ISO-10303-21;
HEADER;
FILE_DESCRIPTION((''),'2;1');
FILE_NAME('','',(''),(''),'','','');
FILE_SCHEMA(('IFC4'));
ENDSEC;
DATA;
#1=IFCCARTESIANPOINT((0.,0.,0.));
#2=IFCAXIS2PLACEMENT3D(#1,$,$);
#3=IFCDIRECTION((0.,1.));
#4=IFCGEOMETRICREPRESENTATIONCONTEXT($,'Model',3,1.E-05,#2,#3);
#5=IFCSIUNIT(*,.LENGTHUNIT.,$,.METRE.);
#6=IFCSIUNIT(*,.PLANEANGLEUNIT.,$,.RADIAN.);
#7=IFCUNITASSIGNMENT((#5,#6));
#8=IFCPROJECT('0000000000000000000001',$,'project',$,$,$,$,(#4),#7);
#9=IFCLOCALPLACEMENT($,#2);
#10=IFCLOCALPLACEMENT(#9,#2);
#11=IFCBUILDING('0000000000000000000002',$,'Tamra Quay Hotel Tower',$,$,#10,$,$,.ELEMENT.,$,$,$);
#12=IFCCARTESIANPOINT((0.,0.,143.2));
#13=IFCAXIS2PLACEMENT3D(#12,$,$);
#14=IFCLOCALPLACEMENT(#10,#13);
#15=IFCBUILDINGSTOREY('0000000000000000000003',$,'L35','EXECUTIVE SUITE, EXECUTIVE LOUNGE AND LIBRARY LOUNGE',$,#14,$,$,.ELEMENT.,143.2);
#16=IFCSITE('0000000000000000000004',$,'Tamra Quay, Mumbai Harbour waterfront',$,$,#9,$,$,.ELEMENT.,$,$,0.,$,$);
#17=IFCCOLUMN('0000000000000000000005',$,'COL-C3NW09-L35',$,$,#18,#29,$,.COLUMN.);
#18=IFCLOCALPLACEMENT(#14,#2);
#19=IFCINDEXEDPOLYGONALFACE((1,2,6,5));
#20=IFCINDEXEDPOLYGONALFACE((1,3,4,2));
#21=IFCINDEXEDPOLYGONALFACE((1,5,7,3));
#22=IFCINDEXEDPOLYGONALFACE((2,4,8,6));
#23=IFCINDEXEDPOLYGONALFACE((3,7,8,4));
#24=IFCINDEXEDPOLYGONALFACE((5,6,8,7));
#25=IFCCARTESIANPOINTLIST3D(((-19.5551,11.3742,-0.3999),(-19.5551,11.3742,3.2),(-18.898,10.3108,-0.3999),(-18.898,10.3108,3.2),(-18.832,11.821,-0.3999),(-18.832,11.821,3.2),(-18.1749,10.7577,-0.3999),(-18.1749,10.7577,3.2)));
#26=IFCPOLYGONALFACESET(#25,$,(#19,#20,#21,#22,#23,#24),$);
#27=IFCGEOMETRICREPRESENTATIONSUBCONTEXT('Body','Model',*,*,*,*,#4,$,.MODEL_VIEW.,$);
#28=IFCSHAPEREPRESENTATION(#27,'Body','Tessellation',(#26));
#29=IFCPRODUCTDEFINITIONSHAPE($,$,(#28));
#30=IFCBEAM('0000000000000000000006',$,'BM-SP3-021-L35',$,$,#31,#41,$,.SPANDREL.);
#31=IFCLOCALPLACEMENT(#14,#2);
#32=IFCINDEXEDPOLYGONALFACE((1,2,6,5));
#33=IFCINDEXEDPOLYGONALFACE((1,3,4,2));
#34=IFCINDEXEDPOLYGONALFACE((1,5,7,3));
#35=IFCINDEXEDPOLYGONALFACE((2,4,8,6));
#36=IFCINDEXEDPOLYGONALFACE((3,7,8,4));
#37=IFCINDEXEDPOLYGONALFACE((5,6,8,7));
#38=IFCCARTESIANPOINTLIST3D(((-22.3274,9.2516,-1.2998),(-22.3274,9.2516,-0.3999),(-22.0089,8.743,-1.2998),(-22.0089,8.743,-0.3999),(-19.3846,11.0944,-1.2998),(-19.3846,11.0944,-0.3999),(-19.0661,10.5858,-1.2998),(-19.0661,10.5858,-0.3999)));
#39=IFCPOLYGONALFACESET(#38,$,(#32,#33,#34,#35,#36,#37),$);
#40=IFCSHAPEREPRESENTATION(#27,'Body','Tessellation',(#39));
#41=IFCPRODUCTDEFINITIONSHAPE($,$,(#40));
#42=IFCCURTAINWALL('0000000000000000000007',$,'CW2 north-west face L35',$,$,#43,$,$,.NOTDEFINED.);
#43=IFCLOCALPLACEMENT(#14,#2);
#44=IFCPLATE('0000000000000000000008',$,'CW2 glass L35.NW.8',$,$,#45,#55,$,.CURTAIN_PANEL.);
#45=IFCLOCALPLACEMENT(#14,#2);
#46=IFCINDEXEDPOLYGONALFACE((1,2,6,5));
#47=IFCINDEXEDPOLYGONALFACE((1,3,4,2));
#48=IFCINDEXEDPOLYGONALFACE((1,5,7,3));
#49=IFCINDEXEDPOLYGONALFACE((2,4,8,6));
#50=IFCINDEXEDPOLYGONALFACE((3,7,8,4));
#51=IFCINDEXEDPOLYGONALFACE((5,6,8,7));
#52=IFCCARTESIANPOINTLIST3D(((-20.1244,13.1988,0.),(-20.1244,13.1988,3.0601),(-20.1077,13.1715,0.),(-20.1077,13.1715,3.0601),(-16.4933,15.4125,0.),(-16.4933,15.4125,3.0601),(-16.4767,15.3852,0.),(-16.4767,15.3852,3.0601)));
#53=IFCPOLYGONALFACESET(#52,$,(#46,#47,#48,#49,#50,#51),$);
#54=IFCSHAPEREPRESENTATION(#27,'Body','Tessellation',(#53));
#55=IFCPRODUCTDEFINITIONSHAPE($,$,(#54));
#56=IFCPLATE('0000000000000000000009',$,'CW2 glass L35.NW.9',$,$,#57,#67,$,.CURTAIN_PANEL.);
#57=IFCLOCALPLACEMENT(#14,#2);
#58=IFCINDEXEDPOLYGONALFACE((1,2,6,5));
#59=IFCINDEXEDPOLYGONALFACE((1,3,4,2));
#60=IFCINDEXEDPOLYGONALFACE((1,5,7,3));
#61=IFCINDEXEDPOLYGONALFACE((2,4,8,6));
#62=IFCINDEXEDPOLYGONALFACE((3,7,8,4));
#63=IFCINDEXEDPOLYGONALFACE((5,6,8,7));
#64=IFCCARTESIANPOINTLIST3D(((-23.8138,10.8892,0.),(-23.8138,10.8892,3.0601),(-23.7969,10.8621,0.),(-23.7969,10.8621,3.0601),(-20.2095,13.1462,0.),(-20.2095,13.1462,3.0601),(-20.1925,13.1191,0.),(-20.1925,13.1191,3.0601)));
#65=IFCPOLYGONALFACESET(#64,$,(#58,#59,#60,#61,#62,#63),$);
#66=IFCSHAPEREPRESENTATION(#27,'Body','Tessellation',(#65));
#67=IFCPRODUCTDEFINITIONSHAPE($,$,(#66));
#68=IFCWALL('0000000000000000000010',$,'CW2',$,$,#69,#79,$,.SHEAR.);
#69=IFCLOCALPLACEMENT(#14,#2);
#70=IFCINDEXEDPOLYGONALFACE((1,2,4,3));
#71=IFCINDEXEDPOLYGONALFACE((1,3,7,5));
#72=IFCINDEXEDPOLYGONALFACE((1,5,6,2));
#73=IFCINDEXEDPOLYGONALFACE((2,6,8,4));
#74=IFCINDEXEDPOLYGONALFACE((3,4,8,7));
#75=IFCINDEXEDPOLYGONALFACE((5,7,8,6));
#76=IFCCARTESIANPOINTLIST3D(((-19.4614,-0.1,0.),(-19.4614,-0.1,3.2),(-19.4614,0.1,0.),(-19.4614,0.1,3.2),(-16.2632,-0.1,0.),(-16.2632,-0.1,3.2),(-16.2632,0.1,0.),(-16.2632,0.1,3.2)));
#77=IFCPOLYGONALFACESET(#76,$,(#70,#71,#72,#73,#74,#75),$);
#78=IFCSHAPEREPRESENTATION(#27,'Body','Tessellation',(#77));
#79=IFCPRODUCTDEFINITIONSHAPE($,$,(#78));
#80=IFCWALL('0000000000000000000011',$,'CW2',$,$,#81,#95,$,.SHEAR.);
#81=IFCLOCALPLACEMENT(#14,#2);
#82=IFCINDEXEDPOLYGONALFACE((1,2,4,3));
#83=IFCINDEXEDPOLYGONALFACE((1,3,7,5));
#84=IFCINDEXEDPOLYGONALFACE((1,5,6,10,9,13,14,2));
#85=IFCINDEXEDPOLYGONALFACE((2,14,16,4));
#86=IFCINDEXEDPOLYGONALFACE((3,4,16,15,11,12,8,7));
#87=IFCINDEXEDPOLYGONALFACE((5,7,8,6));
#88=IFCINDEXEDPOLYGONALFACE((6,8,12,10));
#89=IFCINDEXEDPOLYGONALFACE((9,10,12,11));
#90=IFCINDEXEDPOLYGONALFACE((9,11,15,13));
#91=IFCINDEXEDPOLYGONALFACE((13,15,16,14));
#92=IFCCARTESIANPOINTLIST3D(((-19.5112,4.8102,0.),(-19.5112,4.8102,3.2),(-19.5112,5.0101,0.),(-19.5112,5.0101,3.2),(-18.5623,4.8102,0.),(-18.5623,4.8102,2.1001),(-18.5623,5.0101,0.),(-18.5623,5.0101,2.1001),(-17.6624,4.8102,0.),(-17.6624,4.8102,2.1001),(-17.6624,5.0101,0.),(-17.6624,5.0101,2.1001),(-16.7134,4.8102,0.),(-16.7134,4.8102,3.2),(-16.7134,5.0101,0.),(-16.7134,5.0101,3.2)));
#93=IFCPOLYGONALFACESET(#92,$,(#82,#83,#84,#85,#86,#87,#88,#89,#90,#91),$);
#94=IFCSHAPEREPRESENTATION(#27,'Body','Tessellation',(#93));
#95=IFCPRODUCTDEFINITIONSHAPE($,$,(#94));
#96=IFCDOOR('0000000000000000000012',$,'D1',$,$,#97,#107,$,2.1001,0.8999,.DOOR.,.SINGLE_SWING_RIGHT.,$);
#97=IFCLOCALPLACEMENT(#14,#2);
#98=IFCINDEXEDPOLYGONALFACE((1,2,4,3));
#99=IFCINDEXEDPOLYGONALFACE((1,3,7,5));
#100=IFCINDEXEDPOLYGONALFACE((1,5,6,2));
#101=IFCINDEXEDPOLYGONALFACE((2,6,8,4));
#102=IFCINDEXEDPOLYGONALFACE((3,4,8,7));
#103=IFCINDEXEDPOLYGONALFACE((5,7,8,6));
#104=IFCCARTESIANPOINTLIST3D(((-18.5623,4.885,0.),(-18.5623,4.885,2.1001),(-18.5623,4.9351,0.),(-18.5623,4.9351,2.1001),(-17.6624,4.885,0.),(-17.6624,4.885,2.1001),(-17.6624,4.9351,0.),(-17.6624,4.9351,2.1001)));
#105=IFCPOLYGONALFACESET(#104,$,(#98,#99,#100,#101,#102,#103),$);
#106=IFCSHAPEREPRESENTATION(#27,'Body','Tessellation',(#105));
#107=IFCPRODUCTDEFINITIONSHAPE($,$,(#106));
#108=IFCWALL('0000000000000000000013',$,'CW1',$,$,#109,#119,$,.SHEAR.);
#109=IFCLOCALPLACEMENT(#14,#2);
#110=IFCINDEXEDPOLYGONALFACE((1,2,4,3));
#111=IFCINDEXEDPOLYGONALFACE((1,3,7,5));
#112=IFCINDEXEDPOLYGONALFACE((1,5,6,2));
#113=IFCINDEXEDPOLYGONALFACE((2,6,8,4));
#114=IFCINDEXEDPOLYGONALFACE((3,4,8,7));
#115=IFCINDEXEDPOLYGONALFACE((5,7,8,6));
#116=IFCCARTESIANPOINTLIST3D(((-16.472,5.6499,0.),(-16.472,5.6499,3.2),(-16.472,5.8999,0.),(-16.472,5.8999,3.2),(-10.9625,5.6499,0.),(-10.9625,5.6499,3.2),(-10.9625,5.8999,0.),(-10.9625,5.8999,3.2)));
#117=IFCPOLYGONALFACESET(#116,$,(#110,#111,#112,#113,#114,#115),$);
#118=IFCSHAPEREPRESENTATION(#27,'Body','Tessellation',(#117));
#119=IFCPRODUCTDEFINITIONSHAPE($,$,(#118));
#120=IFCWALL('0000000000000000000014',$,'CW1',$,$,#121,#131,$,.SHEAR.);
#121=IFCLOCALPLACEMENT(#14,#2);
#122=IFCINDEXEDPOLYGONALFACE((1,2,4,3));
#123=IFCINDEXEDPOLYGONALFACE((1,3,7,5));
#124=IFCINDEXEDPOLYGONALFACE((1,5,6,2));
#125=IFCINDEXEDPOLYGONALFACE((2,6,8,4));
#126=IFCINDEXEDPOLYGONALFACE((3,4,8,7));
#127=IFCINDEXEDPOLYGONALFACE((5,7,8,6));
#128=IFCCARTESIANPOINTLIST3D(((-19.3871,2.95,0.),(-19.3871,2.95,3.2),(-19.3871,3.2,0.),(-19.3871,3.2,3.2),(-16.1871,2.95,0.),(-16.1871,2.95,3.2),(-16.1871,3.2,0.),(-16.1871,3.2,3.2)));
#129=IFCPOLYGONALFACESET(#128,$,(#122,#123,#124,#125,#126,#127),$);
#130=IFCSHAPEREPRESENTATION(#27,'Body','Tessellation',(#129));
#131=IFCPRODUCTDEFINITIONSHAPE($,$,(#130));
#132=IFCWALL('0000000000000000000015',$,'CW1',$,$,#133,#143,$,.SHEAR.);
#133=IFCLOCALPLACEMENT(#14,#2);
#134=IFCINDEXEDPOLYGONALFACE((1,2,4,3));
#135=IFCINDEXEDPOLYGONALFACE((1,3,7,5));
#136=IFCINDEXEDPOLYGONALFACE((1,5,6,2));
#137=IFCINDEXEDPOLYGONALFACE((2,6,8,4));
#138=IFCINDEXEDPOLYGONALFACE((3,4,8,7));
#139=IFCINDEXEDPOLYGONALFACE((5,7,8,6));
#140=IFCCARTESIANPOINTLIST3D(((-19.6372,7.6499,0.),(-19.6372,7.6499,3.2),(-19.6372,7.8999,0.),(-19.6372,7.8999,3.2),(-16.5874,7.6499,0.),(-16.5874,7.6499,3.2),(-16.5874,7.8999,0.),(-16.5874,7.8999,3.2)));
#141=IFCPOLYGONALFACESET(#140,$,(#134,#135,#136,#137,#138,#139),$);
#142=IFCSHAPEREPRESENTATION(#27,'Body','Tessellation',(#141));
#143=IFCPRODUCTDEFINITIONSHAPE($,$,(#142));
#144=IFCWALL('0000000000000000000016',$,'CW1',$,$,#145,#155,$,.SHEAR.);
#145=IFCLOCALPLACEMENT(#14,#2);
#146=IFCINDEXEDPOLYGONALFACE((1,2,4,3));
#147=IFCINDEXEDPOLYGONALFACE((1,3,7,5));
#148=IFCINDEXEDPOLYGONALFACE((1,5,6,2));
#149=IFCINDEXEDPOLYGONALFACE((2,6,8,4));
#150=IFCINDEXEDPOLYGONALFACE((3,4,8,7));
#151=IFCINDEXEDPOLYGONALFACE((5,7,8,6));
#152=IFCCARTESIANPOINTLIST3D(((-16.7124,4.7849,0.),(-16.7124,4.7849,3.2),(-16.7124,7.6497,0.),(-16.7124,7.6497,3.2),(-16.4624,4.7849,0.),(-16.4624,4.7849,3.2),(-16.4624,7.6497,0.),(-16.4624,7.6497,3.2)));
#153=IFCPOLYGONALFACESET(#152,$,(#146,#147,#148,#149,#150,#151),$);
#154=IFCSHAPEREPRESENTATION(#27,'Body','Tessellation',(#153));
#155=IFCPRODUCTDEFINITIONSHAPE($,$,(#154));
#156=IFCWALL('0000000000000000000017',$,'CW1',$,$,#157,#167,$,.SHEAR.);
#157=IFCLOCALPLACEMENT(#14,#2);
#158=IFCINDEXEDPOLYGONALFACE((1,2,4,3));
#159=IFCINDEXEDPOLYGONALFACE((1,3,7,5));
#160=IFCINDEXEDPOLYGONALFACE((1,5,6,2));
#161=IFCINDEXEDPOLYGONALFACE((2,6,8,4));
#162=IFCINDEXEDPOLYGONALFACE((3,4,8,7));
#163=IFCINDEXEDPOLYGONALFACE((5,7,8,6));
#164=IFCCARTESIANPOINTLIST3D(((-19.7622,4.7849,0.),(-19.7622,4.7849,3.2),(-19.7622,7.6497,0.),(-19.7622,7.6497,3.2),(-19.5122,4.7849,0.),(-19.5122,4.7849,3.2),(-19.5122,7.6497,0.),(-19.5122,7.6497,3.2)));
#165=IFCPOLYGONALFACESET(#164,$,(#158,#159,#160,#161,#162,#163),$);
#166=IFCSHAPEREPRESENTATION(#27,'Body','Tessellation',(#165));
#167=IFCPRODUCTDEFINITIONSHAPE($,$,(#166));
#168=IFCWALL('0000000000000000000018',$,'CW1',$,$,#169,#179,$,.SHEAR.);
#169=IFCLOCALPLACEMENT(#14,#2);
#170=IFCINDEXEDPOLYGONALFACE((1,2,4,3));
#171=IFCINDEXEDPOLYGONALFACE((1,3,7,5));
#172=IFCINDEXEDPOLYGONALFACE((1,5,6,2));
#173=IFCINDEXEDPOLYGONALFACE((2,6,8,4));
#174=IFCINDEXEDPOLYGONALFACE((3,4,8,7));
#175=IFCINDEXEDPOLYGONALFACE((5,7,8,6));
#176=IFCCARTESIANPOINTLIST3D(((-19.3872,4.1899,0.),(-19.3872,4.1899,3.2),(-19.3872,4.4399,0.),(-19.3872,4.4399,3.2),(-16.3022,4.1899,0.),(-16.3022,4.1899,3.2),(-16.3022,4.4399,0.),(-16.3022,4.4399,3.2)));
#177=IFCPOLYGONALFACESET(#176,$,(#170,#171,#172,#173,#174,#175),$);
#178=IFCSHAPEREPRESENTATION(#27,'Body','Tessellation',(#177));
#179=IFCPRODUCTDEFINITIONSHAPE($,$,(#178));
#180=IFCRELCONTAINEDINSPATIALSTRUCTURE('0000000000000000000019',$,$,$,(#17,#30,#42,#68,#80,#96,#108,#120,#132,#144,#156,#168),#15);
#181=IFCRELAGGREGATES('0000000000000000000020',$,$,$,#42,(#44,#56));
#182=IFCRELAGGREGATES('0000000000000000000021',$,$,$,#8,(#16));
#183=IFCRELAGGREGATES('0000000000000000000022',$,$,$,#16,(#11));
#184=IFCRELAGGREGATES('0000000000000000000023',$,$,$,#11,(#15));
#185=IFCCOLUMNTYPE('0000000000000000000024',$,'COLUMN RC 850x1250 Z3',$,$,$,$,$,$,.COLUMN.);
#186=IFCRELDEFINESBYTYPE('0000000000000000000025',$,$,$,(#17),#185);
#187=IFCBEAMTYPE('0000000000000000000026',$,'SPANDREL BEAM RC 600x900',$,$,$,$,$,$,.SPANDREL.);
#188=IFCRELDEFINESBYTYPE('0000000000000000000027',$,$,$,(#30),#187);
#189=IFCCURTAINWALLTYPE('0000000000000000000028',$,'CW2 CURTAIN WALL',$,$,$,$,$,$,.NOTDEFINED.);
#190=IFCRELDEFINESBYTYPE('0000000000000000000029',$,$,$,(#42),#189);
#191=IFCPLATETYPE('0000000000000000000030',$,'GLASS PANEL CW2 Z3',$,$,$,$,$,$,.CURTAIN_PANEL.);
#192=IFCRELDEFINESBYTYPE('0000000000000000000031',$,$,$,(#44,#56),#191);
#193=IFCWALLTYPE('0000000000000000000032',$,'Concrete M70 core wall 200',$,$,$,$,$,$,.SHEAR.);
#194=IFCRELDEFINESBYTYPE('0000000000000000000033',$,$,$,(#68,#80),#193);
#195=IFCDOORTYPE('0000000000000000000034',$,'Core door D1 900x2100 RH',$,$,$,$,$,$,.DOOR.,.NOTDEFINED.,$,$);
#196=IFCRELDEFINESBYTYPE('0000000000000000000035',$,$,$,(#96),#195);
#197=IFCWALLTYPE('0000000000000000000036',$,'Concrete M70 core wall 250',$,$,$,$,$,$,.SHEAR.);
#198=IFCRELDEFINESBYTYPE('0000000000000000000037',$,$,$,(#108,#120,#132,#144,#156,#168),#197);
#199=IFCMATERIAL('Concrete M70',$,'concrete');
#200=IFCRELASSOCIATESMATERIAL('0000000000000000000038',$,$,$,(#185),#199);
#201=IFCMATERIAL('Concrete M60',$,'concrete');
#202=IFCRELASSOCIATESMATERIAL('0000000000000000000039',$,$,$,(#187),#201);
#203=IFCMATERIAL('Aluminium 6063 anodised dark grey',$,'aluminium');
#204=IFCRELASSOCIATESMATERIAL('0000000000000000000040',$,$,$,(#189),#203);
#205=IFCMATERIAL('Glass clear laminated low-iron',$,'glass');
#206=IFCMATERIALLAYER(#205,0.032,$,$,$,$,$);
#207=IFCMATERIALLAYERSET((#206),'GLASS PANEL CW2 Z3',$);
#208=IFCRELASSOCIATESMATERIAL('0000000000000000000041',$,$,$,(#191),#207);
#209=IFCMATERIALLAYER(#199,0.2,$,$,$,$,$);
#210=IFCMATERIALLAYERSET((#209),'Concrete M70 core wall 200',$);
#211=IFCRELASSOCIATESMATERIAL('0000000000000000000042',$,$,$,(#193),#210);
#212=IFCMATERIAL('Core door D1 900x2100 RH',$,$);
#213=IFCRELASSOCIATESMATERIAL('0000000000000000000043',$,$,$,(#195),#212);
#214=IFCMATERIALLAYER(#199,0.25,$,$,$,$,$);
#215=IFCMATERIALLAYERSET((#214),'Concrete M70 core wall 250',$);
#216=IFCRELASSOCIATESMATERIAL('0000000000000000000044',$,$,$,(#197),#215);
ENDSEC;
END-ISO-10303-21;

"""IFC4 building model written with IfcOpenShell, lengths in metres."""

from ifc_helpers import new_model, si_unit, direction, frame, frame_2d, origin, origin_2d, place, context, subcontext, project, spatial, rectangle, extrude, material, layer, layer_set, material_profile, profile_set, type_object, element, fill, aggregate, save


model = new_model("IFC4")

# Units and contexts
model_context = context("Model", 3, precision=1e-05, world=origin(), true_north=direction((0.0, 1.0)))
body_context = subcontext(model_context, "Body", "Model", "MODEL_VIEW")
ifc_project = project(units=[si_unit("LENGTHUNIT", "METRE"), si_unit("PLANEANGLEUNIT", "RADIAN")], contexts=[model_context])

# Site, building, storey
site_placement = place(None, origin())
site = spatial("IfcSite", under=ifc_project, at=site_placement, Name="Tamra Quay, Mumbai Harbour waterfront", CompositionType="ELEMENT", RefElevation=0.0)
building_placement = place(site_placement, origin())
building = spatial("IfcBuilding", under=site, at=building_placement, Name="Tamra Quay Hotel Tower", CompositionType="ELEMENT")
storey_placement = place(building_placement, frame((0.0, 0.0, 143.2)))
storey = spatial("IfcBuildingStorey", under=building, at=storey_placement, Name="L35", Description="EXECUTIVE SUITE, EXECUTIVE LOUNGE AND LIBRARY LOUNGE", CompositionType="ELEMENT", Elevation=143.2)

# Column
ifc_material_1 = material(Name="Concrete M70", Category="concrete")
ifc_material_profile_1 = material_profile(ifc_material_1, rectangle(XDim=1.25, YDim=0.8501, at=origin_2d()), Name="COLUMN RC 850x1250 Z3")
ifc_profile_set_1 = profile_set([ifc_material_profile_1], Name="Concrete M70")
column_type = type_object("IfcColumnType", Name="COLUMN RC 850x1250 Z3", PredefinedType="COLUMN", material=ifc_profile_set_1)
column_placement = place(storey_placement, frame((-18.865, 11.0659, -0.3999), z_axis=(0.0, 0.0, 1.0), x_axis=(-0.525677, 0.850685, 0.0)))
element("IfcColumn", 1, at=column_placement, inside=storey, type_object=column_type, Name="COL-C3NW09-L35", PredefinedType="COLUMN", context=body_context, shape_type="SweptSolid", body=[
    extrude(rectangle(XDim=1.25, YDim=0.8501, at=origin_2d()), origin(), (0.0, 0.0, 1.0), 3.5999),
])

# Beam
ifc_material_2 = material(Name="Concrete M60", Category="concrete")
ifc_material_profile_2 = material_profile(ifc_material_2, rectangle(XDim=0.6001, YDim=0.8999, at=origin_2d()), Name="SPANDREL BEAM RC 600x900")
ifc_profile_set_2 = profile_set([ifc_material_profile_2], Name="Concrete M60")
beam_type = type_object("IfcBeamType", Name="SPANDREL BEAM RC 600x900", PredefinedType="SPANDREL", material=ifc_profile_set_2)
beam_placement = place(storey_placement, frame((-19.2253, 10.8401, -0.8499), z_axis=(-0.847548, -0.530719, 0.0), x_axis=(0.530719, -0.847548, 0.0)))
element("IfcBeam", 2, at=beam_placement, inside=storey, type_object=beam_type, Name="BM-SP3-021-L35", PredefinedType="SPANDREL", context=body_context, shape_type="SweptSolid", body=[
    extrude(rectangle(XDim=0.6001, YDim=0.8999, at=origin_2d()), origin(), (0.0, 0.0, 1.0), 3.4722),
])

# Curtain wall, plates
ifc_material_3 = material(Name="Aluminium 6063 anodised dark grey", Category="aluminium")
curtain_wall_type = type_object("IfcCurtainWallType", Name="CW2 CURTAIN WALL", PredefinedType="NOTDEFINED", material=ifc_material_3)
curtain_wall_placement = place(storey_placement, origin())
curtain_wall = element("IfcCurtainWall", 3, at=curtain_wall_placement, inside=storey, type_object=curtain_wall_type, Name="CW2 north-west face L35", PredefinedType="NOTDEFINED")
ifc_material_4 = material(Name="Glass clear laminated low-iron", Category="glass")
ifc_layer_1 = layer(ifc_material_4, 0.032)
ifc_layer_set_1 = layer_set([ifc_layer_1], Name="GLASS PANEL CW2 Z3")
plate_type = type_object("IfcPlateType", Name="GLASS PANEL CW2 Z3", PredefinedType="CURTAIN_PANEL", material=ifc_layer_set_1)
plate_1_placement = place(storey_placement, frame((-18.3005, 14.292, 0.0), z_axis=(0.0, 0.0, 1.0), x_axis=(-0.85383, -0.520552, 0.0)))
plate_1 = element("IfcPlate", 4, at=plate_1_placement, type_object=plate_type, Name="CW2 glass L35.NW.8", PredefinedType="CURTAIN_PANEL", context=body_context, shape_type="SweptSolid", body=[
    extrude(rectangle(XDim=4.2527, YDim=0.032, at=origin_2d()), origin(), (0.0, 0.0, 1.0), 3.0601),
])
plate_2_placement = place(storey_placement, frame((-22.0032, 12.0042, 0.0), z_axis=(0.0, 0.0, 1.0), x_axis=(-0.847546, -0.530722, 0.0)))
plate_2 = element("IfcPlate", 5, at=plate_2_placement, type_object=plate_type, Name="CW2 glass L35.NW.9", PredefinedType="CURTAIN_PANEL", context=body_context, shape_type="SweptSolid", body=[
    extrude(rectangle(XDim=4.2527, YDim=0.032, at=origin_2d()), origin(), (0.0, 0.0, 1.0), 3.0601),
])
aggregate(curtain_wall, [plate_1, plate_2])

# Wall
ifc_layer_2 = layer(ifc_material_1, 0.2)
ifc_layer_set_2 = layer_set([ifc_layer_2], Name="Concrete M70 core wall 200")
wall_type_1 = type_object("IfcWallType", Name="Concrete M70 core wall 200", PredefinedType="SHEAR", material=ifc_layer_set_2)
wall_1_placement = place(storey_placement, frame((-16.2632, 0.0, 0.0), z_axis=(0.0, 0.0, 1.0), x_axis=(-1.0, 0.0, 0.0)))
element("IfcWall", 6, at=wall_1_placement, inside=storey, type_object=wall_type_1, Name="CW2", PredefinedType="SHEAR", context=body_context, shape_type="SweptSolid", body=[
    extrude(rectangle(XDim=3.1982, YDim=0.2, at=frame_2d((1.5991, 0.0))), origin(), (0.0, 0.0, 1.0), 3.2),
])

# Wall, opening, door
wall_2_placement = place(storey_placement, frame((-19.5112, 4.9102, 0.0), z_axis=(0.0, 0.0, 1.0), x_axis=(1.0, 0.0, 0.0)))
wall_2 = element("IfcWall", 7, at=wall_2_placement, inside=storey, type_object=wall_type_1, Name="CW2", PredefinedType="SHEAR", context=body_context, shape_type="SweptSolid", body=[
    extrude(rectangle(XDim=2.7979, YDim=0.2, at=frame_2d((1.3989, 0.0))), origin(), (0.0, 0.0, 1.0), 3.2),
])
opening_1_placement = place(wall_2_placement, frame((0.949, 0.0, 0.0)))
opening_1 = element("IfcOpeningElement", 8, at=opening_1_placement, cuts=wall_2, PredefinedType="OPENING", context=body_context, shape_type="SweptSolid", body=[
    extrude(rectangle(XDim=0.8999, YDim=2.1001, at=frame_2d((0.45, 1.05))), frame((0.0, 0.1099, 0.0), z_axis=(0.0, -1.0, 0.0), x_axis=(1.0, 0.0, 0.0)), (0.0, 0.0, 1.0), 0.22),
])
ifc_material_5 = material(Name="Core door D1 900x2100 RH")
door_type_1 = type_object("IfcDoorType", Name="Core door D1 900x2100 RH", OperationType="NOTDEFINED", PredefinedType="DOOR", material=ifc_material_5)
door_1_placement = place(opening_1_placement, origin())
door_1 = element("IfcDoor", 9, at=door_1_placement, inside=storey, type_object=door_type_1, Name="D1", OperationType="SINGLE_SWING_RIGHT", OverallHeight=2.1001, OverallWidth=0.8999, PredefinedType="DOOR", context=body_context, shape_type="SweptSolid", body=[
    extrude(rectangle(XDim=0.8999, YDim=2.1001, at=frame_2d((0.45, 1.05))), frame((0.0, 0.0249, 0.0), z_axis=(0.0, -1.0, 0.0), x_axis=(1.0, 0.0, 0.0)), (0.0, 0.0, 1.0), 0.05),
])
fill(opening_1, door_1)

# Walls
ifc_layer_3 = layer(ifc_material_1, 0.25)
ifc_layer_set_3 = layer_set([ifc_layer_3], Name="Concrete M70 core wall 250")
wall_type_2 = type_object("IfcWallType", Name="Concrete M70 core wall 250", PredefinedType="SHEAR", material=ifc_layer_set_3)
wall_3_placement = place(storey_placement, frame((-16.4722, 5.7749, 0.0), z_axis=(0.0, 0.0, 1.0), x_axis=(1.0, 0.0, 0.0)))
element("IfcWall", 10, at=wall_3_placement, inside=storey, type_object=wall_type_2, Name="CW1", PredefinedType="SHEAR", context=body_context, shape_type="SweptSolid", body=[
    extrude(rectangle(XDim=5.5095, YDim=0.25, at=frame_2d((2.7549, 0.0))), origin(), (0.0, 0.0, 1.0), 3.2),
])
wall_4_placement = place(storey_placement, frame((-19.3872, 3.075, 0.0), z_axis=(0.0, 0.0, 1.0), x_axis=(1.0, 0.0, 0.0)))
element("IfcWall", 11, at=wall_4_placement, inside=storey, type_object=wall_type_2, Name="CW1", PredefinedType="SHEAR", context=body_context, shape_type="SweptSolid", body=[
    extrude(rectangle(XDim=3.2, YDim=0.25, at=frame_2d((1.6001, 0.0))), origin(), (0.0, 0.0, 1.0), 3.2),
])
wall_5_placement = place(storey_placement, frame((-19.6372, 7.7749, 0.0), z_axis=(0.0, 0.0, 1.0), x_axis=(1.0, 0.0, 0.0)))
element("IfcWall", 12, at=wall_5_placement, inside=storey, type_object=wall_type_2, Name="CW1", PredefinedType="SHEAR", context=body_context, shape_type="SweptSolid", body=[
    extrude(rectangle(XDim=3.0498, YDim=0.25, at=frame_2d((1.5249, 0.0))), origin(), (0.0, 0.0, 1.0), 3.2),
])
for number, where, z_axis, x_axis, name in (
    (13, (-16.5874, 7.6497, 0.0), (0.0, 0.0, 1.0), (0.0, -1.0, 0.0), "CW1"),
    (14, (-19.6372, 4.7849, 0.0), (0.0, 0.0, 1.0), (0.0, 1.0, 0.0), "CW1"),
):
    element("IfcWall", number, at=place(storey_placement, frame(where, z_axis=z_axis, x_axis=x_axis)), inside=storey, type_object=wall_type_2, Name=name, PredefinedType="SHEAR", context=body_context, shape_type="SweptSolid", body=[
        extrude(rectangle(XDim=2.8647, YDim=0.25, at=frame_2d((1.4324, 0.0))), origin(), (0.0, 0.0, 1.0), 3.2),
    ])
wall_6_placement = place(storey_placement, frame((-16.3022, 4.3149, 0.0), z_axis=(0.0, 0.0, 1.0), x_axis=(-1.0, 0.0, 0.0)))
element("IfcWall", 15, at=wall_6_placement, inside=storey, type_object=wall_type_2, Name="CW1", PredefinedType="SHEAR", context=body_context, shape_type="SweptSolid", body=[
    extrude(rectangle(XDim=3.085, YDim=0.25, at=frame_2d((1.5425, 0.0))), origin(), (0.0, 0.0, 1.0), 3.2),
])

save(model, "model.ifc")
